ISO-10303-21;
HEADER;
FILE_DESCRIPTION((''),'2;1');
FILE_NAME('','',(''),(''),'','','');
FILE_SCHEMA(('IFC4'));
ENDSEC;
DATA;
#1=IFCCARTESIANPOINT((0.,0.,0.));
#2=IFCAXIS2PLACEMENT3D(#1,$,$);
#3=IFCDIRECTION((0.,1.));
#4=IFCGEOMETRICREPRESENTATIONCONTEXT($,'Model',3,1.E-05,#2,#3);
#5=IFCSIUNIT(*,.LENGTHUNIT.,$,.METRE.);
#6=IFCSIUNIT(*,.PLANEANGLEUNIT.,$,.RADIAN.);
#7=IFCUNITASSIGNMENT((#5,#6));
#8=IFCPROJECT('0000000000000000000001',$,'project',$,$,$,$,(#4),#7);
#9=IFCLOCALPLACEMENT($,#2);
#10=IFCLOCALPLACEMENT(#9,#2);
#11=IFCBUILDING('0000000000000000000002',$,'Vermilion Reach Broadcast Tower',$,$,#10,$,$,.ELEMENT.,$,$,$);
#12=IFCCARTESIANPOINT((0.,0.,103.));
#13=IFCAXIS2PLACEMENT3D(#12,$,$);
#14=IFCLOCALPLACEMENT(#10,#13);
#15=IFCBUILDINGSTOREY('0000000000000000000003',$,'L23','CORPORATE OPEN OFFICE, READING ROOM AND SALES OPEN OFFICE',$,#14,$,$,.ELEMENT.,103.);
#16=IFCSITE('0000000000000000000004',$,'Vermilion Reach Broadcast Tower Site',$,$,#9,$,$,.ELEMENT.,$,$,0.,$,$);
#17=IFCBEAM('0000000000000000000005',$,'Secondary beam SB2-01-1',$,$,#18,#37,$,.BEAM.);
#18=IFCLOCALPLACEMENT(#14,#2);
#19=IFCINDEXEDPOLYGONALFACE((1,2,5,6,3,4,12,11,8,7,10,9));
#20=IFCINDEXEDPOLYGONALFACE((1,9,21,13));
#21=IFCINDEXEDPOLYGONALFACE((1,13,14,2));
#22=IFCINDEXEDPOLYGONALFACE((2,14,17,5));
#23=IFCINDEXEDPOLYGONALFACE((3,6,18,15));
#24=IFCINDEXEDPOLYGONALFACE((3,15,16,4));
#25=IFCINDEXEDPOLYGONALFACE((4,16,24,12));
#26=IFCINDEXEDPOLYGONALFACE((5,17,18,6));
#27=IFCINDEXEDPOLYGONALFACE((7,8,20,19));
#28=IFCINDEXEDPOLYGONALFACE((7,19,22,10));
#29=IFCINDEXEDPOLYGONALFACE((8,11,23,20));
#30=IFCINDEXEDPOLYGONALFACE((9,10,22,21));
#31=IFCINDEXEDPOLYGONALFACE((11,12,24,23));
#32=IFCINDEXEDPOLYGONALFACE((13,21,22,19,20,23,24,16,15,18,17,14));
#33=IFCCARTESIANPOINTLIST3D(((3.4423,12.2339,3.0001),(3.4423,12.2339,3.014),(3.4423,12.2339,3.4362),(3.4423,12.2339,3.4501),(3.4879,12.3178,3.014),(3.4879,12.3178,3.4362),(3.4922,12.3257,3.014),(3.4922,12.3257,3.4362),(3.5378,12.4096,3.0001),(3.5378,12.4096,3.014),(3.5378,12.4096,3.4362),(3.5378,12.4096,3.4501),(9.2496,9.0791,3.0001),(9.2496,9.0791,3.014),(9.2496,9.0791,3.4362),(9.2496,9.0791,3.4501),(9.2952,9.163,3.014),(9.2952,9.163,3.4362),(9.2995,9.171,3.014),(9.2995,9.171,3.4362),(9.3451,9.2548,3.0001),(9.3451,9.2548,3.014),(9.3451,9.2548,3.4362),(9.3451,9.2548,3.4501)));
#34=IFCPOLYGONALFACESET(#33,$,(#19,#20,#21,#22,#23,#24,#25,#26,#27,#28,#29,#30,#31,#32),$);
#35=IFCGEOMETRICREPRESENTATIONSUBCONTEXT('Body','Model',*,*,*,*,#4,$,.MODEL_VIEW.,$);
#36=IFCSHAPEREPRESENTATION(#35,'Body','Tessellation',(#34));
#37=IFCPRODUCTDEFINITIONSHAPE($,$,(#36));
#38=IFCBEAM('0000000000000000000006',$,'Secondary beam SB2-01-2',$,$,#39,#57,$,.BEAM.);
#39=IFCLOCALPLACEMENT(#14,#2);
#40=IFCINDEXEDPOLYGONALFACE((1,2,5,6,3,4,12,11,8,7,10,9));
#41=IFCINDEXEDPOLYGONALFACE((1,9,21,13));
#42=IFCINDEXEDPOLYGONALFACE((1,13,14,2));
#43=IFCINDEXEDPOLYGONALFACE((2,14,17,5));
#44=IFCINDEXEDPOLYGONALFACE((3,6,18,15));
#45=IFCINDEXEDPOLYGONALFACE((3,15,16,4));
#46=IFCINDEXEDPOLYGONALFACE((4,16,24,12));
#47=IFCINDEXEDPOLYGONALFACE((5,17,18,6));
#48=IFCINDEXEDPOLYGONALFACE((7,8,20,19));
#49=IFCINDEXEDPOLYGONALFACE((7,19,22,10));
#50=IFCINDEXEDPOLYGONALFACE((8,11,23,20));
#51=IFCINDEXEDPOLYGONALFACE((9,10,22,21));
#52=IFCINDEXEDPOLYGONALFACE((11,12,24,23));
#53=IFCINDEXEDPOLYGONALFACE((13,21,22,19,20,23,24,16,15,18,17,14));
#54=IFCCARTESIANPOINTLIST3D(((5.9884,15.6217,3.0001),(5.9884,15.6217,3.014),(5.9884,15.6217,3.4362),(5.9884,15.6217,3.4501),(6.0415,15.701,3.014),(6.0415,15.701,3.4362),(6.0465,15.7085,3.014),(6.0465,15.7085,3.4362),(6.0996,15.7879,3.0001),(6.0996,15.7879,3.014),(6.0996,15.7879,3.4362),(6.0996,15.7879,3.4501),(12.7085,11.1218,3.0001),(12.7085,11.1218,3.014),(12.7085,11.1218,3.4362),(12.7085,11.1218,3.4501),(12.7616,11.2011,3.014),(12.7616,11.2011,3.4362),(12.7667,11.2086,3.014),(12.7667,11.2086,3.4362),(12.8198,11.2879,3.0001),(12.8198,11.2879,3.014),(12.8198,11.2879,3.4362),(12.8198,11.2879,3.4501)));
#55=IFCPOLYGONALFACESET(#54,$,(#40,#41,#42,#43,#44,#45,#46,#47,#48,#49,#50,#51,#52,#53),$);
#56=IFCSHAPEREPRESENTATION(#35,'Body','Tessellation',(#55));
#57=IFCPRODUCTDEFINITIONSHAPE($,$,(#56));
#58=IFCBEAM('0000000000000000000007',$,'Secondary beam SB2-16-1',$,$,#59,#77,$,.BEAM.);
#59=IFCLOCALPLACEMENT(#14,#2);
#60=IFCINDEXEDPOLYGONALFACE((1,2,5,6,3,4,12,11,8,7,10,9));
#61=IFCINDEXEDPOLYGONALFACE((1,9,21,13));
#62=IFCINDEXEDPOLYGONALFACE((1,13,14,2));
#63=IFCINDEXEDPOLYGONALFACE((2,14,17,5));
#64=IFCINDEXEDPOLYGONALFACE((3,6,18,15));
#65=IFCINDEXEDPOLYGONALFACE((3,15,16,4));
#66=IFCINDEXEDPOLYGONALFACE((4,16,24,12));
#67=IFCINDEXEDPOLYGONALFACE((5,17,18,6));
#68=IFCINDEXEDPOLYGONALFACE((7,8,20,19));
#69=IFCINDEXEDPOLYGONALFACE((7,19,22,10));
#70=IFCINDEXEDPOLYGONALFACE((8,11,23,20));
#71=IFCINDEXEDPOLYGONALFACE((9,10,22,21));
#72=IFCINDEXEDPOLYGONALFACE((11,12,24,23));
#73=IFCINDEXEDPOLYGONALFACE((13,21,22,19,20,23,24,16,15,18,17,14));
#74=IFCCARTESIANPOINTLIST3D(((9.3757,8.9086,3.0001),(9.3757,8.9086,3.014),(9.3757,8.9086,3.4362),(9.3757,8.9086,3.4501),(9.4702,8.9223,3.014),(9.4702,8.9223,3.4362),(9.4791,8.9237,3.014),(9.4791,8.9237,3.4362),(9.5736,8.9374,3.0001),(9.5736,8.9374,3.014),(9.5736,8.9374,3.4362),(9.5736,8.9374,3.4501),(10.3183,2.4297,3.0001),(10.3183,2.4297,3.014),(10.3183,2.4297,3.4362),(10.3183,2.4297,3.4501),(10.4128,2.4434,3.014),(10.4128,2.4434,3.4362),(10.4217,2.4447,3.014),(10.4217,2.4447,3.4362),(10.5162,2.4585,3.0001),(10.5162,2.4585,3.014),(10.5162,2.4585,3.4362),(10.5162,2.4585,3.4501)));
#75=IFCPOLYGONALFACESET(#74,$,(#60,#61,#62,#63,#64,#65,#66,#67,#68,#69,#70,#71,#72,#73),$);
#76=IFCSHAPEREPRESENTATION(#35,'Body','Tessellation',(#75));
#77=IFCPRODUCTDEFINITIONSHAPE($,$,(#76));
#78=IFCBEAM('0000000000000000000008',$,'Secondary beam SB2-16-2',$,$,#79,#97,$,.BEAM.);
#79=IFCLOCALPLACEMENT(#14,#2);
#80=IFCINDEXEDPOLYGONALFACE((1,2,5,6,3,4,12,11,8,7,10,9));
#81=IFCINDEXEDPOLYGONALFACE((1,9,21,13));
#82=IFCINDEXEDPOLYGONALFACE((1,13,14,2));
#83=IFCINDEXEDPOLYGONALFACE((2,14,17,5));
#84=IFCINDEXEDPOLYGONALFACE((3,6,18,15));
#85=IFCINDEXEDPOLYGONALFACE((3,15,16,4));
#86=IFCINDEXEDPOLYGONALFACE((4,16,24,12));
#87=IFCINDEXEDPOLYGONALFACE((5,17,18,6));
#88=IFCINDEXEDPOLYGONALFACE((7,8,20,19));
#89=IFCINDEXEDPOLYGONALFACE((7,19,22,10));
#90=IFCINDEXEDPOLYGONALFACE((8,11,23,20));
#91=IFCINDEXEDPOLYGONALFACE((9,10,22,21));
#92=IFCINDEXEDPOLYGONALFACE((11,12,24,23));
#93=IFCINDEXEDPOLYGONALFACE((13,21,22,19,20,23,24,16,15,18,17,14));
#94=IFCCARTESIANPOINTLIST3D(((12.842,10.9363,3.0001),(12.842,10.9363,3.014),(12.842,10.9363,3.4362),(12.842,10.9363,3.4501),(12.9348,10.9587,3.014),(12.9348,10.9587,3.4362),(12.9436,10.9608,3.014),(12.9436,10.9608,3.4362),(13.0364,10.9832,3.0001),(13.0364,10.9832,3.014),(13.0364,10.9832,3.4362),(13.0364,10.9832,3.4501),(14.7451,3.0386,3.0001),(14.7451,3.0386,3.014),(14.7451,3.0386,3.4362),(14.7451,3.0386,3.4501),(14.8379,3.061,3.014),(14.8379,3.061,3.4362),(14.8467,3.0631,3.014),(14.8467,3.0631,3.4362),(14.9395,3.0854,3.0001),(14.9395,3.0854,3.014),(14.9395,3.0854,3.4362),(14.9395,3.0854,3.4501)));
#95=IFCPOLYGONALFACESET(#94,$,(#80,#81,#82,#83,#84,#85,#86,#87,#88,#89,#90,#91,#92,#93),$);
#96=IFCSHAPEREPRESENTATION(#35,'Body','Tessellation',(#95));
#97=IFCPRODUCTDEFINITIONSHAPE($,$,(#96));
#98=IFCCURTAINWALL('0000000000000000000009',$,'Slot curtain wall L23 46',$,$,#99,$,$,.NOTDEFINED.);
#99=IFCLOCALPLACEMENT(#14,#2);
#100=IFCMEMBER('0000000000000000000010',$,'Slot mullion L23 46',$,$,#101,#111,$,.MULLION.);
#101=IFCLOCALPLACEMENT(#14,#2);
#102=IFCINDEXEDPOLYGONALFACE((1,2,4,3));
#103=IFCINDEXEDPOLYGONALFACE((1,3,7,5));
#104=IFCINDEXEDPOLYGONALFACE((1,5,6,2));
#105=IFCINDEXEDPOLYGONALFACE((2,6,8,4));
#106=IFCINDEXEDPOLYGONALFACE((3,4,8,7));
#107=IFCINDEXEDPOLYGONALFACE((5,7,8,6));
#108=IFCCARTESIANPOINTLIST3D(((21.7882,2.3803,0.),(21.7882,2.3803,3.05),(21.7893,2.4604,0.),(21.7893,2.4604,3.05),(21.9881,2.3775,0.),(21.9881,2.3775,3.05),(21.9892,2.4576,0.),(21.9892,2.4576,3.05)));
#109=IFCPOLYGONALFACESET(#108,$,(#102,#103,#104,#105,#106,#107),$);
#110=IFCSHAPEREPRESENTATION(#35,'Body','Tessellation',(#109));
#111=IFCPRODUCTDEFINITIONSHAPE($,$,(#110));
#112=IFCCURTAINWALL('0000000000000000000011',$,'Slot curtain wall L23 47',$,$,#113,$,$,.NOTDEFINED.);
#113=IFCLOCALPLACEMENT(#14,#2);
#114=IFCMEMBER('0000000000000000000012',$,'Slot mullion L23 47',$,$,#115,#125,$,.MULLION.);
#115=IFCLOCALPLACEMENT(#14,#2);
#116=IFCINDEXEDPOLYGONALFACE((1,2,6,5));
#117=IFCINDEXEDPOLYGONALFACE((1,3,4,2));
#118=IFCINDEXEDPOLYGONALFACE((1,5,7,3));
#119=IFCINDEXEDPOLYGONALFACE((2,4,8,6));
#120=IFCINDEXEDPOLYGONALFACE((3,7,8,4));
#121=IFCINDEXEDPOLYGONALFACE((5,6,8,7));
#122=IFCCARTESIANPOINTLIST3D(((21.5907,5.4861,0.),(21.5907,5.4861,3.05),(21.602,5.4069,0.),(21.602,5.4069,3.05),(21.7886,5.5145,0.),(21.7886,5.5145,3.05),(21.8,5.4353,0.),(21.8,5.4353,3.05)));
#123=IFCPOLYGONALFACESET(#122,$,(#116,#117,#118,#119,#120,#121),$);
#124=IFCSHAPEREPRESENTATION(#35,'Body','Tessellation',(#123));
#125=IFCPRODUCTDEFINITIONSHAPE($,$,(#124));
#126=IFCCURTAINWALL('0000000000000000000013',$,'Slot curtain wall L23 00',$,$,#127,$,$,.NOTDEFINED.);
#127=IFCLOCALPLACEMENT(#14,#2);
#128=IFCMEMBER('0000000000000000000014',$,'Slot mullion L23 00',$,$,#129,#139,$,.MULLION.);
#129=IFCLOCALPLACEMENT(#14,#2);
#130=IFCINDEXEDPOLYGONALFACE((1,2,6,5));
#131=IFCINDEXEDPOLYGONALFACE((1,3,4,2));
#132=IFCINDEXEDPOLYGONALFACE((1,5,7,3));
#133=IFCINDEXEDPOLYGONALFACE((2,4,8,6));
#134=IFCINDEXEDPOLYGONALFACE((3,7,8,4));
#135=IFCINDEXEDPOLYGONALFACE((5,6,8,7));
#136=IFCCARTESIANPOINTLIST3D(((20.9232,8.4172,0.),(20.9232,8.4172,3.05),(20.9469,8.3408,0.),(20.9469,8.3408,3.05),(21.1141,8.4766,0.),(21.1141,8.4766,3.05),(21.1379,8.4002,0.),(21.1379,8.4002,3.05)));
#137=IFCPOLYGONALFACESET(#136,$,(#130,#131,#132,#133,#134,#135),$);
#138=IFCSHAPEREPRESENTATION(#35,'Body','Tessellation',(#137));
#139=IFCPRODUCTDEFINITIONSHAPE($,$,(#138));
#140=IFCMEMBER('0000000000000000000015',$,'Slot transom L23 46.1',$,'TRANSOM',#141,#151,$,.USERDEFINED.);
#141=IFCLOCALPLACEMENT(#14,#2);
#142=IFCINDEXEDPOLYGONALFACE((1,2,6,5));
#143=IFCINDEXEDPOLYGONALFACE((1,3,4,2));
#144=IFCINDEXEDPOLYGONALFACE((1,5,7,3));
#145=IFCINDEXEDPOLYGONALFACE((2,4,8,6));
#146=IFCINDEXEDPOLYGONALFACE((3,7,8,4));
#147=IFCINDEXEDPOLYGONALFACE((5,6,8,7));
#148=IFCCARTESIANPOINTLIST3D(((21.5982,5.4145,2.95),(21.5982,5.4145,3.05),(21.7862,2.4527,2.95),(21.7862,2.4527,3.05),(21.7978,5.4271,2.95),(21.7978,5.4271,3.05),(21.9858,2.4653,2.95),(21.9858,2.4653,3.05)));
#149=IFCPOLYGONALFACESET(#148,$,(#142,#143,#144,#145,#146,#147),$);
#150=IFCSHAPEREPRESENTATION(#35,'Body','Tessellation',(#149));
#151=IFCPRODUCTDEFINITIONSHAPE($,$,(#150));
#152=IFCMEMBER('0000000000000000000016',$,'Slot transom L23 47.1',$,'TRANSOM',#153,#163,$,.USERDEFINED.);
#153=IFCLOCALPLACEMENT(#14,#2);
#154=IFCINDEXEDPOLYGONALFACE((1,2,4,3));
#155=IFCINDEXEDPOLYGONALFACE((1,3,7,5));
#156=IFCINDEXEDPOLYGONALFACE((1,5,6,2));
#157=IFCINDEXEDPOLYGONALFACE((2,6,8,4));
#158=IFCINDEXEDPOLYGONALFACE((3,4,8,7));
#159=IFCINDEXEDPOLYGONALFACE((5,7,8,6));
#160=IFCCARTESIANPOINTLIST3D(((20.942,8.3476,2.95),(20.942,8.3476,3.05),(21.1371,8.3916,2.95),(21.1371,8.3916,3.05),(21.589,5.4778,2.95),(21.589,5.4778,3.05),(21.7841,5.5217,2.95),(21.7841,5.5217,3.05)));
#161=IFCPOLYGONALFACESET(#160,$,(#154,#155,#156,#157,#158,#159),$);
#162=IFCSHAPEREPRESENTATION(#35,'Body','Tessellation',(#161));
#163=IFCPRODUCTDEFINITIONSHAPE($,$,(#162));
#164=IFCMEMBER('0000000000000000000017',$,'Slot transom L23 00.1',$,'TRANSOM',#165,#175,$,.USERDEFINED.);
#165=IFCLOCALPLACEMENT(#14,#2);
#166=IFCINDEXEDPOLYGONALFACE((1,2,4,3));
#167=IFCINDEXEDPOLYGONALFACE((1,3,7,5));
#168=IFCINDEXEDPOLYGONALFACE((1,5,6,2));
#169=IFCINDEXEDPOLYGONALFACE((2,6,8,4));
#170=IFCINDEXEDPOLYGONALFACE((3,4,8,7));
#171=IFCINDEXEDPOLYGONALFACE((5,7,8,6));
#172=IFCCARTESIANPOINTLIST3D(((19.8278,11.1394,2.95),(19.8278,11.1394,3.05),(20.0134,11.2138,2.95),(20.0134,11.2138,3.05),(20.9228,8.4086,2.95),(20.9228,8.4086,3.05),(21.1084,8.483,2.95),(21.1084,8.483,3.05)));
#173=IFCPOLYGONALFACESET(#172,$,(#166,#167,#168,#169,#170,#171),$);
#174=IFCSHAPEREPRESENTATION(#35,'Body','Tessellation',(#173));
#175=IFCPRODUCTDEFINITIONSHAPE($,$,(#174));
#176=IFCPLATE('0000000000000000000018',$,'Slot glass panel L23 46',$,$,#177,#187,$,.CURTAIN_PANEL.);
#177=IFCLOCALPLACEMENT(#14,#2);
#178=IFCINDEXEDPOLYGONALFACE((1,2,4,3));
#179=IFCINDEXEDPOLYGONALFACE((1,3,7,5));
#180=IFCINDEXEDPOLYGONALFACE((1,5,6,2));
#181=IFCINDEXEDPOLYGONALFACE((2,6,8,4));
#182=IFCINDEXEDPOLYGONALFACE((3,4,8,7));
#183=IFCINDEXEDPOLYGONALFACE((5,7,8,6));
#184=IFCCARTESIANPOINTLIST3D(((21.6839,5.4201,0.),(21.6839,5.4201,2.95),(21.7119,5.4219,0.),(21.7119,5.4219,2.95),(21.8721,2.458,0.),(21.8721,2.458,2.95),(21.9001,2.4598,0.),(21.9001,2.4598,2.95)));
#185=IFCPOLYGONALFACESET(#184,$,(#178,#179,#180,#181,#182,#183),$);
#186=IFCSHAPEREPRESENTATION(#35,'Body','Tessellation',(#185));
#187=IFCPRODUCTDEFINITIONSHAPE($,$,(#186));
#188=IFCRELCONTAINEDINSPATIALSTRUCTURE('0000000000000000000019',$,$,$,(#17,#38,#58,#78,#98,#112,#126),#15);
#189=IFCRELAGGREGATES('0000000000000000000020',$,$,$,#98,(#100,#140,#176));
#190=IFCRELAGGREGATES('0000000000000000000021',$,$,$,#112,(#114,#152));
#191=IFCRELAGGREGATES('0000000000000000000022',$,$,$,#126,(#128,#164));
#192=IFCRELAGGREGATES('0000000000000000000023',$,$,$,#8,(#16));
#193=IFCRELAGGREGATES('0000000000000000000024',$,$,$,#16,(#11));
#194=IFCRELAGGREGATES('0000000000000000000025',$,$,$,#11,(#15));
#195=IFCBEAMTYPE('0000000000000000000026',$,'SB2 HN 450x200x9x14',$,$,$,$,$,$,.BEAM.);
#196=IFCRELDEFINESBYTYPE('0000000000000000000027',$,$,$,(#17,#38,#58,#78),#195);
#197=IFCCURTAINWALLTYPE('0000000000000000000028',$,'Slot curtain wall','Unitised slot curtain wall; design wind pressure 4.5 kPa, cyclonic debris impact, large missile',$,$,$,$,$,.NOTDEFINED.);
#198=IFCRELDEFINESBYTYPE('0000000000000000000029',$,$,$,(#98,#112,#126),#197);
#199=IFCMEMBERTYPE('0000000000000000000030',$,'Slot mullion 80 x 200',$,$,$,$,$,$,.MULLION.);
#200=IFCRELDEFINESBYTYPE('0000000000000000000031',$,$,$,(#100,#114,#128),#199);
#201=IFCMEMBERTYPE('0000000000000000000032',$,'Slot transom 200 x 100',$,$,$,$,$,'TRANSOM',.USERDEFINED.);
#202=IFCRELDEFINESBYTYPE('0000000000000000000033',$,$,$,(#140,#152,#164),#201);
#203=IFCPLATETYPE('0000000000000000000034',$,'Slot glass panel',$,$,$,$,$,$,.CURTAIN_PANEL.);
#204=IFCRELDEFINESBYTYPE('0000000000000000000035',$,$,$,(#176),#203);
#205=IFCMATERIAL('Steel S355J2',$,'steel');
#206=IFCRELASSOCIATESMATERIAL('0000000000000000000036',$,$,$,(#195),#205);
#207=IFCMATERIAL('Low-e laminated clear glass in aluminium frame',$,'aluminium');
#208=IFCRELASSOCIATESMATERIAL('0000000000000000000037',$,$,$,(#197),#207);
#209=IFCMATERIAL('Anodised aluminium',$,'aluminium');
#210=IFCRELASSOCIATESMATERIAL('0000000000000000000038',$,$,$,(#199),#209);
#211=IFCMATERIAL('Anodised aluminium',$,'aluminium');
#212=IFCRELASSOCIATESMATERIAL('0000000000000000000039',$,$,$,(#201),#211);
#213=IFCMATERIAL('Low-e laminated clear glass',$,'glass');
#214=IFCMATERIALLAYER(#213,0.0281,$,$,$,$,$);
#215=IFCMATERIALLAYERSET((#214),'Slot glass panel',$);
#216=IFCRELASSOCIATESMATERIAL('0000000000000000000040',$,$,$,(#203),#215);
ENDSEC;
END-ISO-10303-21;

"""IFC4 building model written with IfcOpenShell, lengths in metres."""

from ifc_helpers import new_model, si_unit, direction, frame, origin, origin_2d, place, context, subcontext, project, spatial, rectangle, i_section, extrude, material, layer, layer_set, material_profile, profile_set, type_object, element, aggregate, save


model = new_model("IFC4")

# Units and contexts
model_context = context("Model", 3, precision=1e-05, world=origin(), true_north=direction((0.0, 1.0)))
body_context = subcontext(model_context, "Body", "Model", "MODEL_VIEW")
ifc_project = project(units=[si_unit("LENGTHUNIT", "METRE"), si_unit("PLANEANGLEUNIT", "RADIAN")], contexts=[model_context])

# Site, building, storey
site_placement = place(None, origin())
site = spatial("IfcSite", under=ifc_project, at=site_placement, Name="Vermilion Reach Broadcast Tower Site", CompositionType="ELEMENT", RefElevation=0.0)
building_placement = place(site_placement, origin())
building = spatial("IfcBuilding", under=site, at=building_placement, Name="Vermilion Reach Broadcast Tower", CompositionType="ELEMENT")
storey_placement = place(building_placement, frame((0.0, 0.0, 103.0)))
storey = spatial("IfcBuildingStorey", under=building, at=storey_placement, Name="L23", Description="CORPORATE OPEN OFFICE, READING ROOM AND SALES OPEN OFFICE", CompositionType="ELEMENT", Elevation=103.0)

# Beams
ifc_material_1 = material(Name="Steel S355J2", Category="steel")
ifc_material_profile_1 = material_profile(ifc_material_1, i_section(OverallWidth=0.2, OverallDepth=0.45, WebThickness=0.009, FlangeThickness=0.0139, at=origin_2d()), Name="S355J2 HN 450x200x9x14")
ifc_profile_set_1 = profile_set([ifc_material_profile_1], Name="Steel S355J2")
beam_type_1 = type_object("IfcBeamType", Name="SB2 HN 450x200x9x14", PredefinedType="BEAM", material=ifc_profile_set_1)
beam_1_placement = place(storey_placement, frame((9.2974, 9.167, 3.2251), z_axis=(-0.878713, 0.47735, 0.0), x_axis=(-0.47735, -0.878713, 0.0)))
element("IfcBeam", 1, at=beam_1_placement, inside=storey, type_object=beam_type_1, Name="Secondary beam SB2-01-1", PredefinedType="BEAM", context=body_context, shape_type="SweptSolid", body=[
    extrude(i_section(OverallWidth=0.2, OverallDepth=0.45, WebThickness=0.009, FlangeThickness=0.0139, at=origin_2d()), origin(), (0.0, 0.0, 1.0), 6.6089),
])
beam_2_placement = place(storey_placement, frame((12.7642, 11.2048, 3.2251), z_axis=(-0.830915, 0.556399, 0.0), x_axis=(-0.556399, -0.830915, 0.0)))
element("IfcBeam", 2, at=beam_2_placement, inside=storey, type_object=beam_type_1, Name="Secondary beam SB2-01-2", PredefinedType="BEAM", context=body_context, shape_type="SweptSolid", body=[
    extrude(i_section(OverallWidth=0.2, OverallDepth=0.45, WebThickness=0.009, FlangeThickness=0.0139, at=origin_2d()), origin(), (0.0, 0.0, 1.0), 8.0876),
])
beam_3_placement = place(storey_placement, frame((10.4172, 2.4441, 3.2251), z_axis=(-0.143974, 0.989582, 0.0), x_axis=(-0.989582, -0.143974, 0.0)))
element("IfcBeam", 3, at=beam_3_placement, inside=storey, type_object=beam_type_1, Name="Secondary beam SB2-16-1", PredefinedType="BEAM", context=body_context, shape_type="SweptSolid", body=[
    extrude(i_section(OverallWidth=0.2, OverallDepth=0.45, WebThickness=0.009, FlangeThickness=0.0139, at=origin_2d()), origin(), (0.0, 0.0, 1.0), 6.5471),
])
beam_4_placement = place(storey_placement, frame((14.8423, 3.062, 3.2251), z_axis=(-0.234261, 0.972174, 0.0), x_axis=(-0.972174, -0.234261, 0.0)))
element("IfcBeam", 4, at=beam_4_placement, inside=storey, type_object=beam_type_1, Name="Secondary beam SB2-16-2", PredefinedType="BEAM", context=body_context, shape_type="SweptSolid", body=[
    extrude(i_section(OverallWidth=0.2, OverallDepth=0.45, WebThickness=0.009, FlangeThickness=0.0139, at=origin_2d()), origin(), (0.0, 0.0, 1.0), 8.1238),
])

# Curtain walls, members
ifc_material_2 = material(Name="Low-e laminated clear glass in aluminium frame", Category="aluminium")
curtain_wall_type = type_object("IfcCurtainWallType", Name="Slot curtain wall", Description="Unitised slot curtain wall; design wind pressure 4.5 kPa, cyclonic debris impact, large missile", PredefinedType="NOTDEFINED", material=ifc_material_2)
placement = place(storey_placement, origin())
curtain_wall_1 = element("IfcCurtainWall", 5, at=placement, inside=storey, type_object=curtain_wall_type, Name="Slot curtain wall L23 46", PredefinedType="NOTDEFINED")
ifc_material_3 = material(Name="Anodised aluminium", Category="aluminium")
ifc_material_profile_2 = material_profile(ifc_material_3, rectangle(XDim=0.2, YDim=0.0801, at=origin_2d()), Name="Slot mullion 80 x 200")
ifc_profile_set_2 = profile_set([ifc_material_profile_2], Name="Anodised aluminium")
member_type_1 = type_object("IfcMemberType", Name="Slot mullion 80 x 200", PredefinedType="MULLION", material=ifc_profile_set_2)
member_1_placement = place(storey_placement, frame((21.8887, 2.4189, 0.0), z_axis=(0.0, 0.0, 1.0), x_axis=(-0.999904, 0.013847, 0.0)))
member_1 = element("IfcMember", 6, at=member_1_placement, type_object=member_type_1, Name="Slot mullion L23 46", PredefinedType="MULLION", context=body_context, shape_type="SweptSolid", body=[
    extrude(rectangle(XDim=0.2, YDim=0.0801, at=origin_2d()), origin(), (0.0, 0.0, 1.0), 3.05),
])
curtain_wall_2 = element("IfcCurtainWall", 7, at=placement, inside=storey, type_object=curtain_wall_type, Name="Slot curtain wall L23 47", PredefinedType="NOTDEFINED")
member_2_placement = place(storey_placement, frame((21.6953, 5.4607, 0.0), z_axis=(0.0, 0.0, 1.0), x_axis=(-0.989848, -0.14213, 0.0)))
member_2 = element("IfcMember", 8, at=member_2_placement, type_object=member_type_1, Name="Slot mullion L23 47", PredefinedType="MULLION", context=body_context, shape_type="SweptSolid", body=[
    extrude(rectangle(XDim=0.2, YDim=0.0801, at=origin_2d()), origin(), (0.0, 0.0, 1.0), 3.05),
])
curtain_wall_3 = element("IfcCurtainWall", 9, at=placement, inside=storey, type_object=curtain_wall_type, Name="Slot curtain wall L23 00", PredefinedType="NOTDEFINED")
member_3_placement = place(storey_placement, frame((21.0305, 8.4087, 0.0), z_axis=(0.0, 0.0, 1.0), x_axis=(-0.954865, -0.297042, 0.0)))
member_3 = element("IfcMember", 10, at=member_3_placement, type_object=member_type_1, Name="Slot mullion L23 00", PredefinedType="MULLION", context=body_context, shape_type="SweptSolid", body=[
    extrude(rectangle(XDim=0.2, YDim=0.0801, at=origin_2d()), origin(), (0.0, 0.0, 1.0), 3.05),
])

# Members
ifc_material_4 = material(Name="Anodised aluminium", Category="aluminium")
ifc_material_profile_3 = material_profile(ifc_material_4, rectangle(XDim=0.2, YDim=0.1001, at=origin_2d()), Name="Slot transom 200 x 100")
ifc_profile_set_3 = profile_set([ifc_material_profile_3], Name="Anodised aluminium")
member_type_2 = type_object("IfcMemberType", Name="Slot transom 200 x 100", ElementType="TRANSOM", PredefinedType="USERDEFINED", material=ifc_profile_set_3)
member_4_placement = place(storey_placement, frame((21.886, 2.459, 3.0), z_axis=(-0.063341, 0.997992, 0.0), x_axis=(-0.997992, -0.063341, 0.0)))
member_4 = element("IfcMember", 11, at=member_4_placement, type_object=member_type_2, Name="Slot transom L23 46.1", ObjectType="TRANSOM", PredefinedType="USERDEFINED", context=body_context, shape_type="SweptSolid", body=[
    extrude(rectangle(XDim=0.2, YDim=0.1001, at=origin_2d()), origin(), (0.0, 0.0, 1.0), 2.9678),
])
member_5_placement = place(storey_placement, frame((21.6865, 5.4998, 3.0), z_axis=(-0.219917, 0.975519, 0.0), x_axis=(-0.975519, -0.219917, 0.0)))
member_5 = element("IfcMember", 12, at=member_5_placement, type_object=member_type_2, Name="Slot transom L23 47.1", ObjectType="TRANSOM", PredefinedType="USERDEFINED", context=body_context, shape_type="SweptSolid", body=[
    extrude(rectangle(XDim=0.2, YDim=0.1001, at=origin_2d()), origin(), (0.0, 0.0, 1.0), 2.9419),
])
member_6_placement = place(storey_placement, frame((21.0156, 8.4458, 3.0), z_axis=(-0.372177, 0.928162, 0.0), x_axis=(-0.928162, -0.372177, 0.0)))
member_6 = element("IfcMember", 13, at=member_6_placement, type_object=member_type_2, Name="Slot transom L23 00.1", ObjectType="TRANSOM", PredefinedType="USERDEFINED", context=body_context, shape_type="SweptSolid", body=[
    extrude(rectangle(XDim=0.2, YDim=0.1001, at=origin_2d()), origin(), (0.0, 0.0, 1.0), 2.9421),
])

# Plate
ifc_material_5 = material(Name="Low-e laminated clear glass", Category="glass")
ifc_layer_1 = layer(ifc_material_5, 0.0281)
ifc_layer_set_1 = layer_set([ifc_layer_1], Name="Slot glass panel")
plate_type = type_object("IfcPlateType", Name="Slot glass panel", PredefinedType="CURTAIN_PANEL", material=ifc_layer_set_1)
plate_1_placement = place(storey_placement, frame((21.792, 3.9399, 0.0), z_axis=(0.0, 0.0, 1.0), x_axis=(-0.063409, 0.997988, 0.0)))
plate_1 = element("IfcPlate", 14, at=plate_1_placement, type_object=plate_type, Name="Slot glass panel L23 46", PredefinedType="CURTAIN_PANEL", context=body_context, shape_type="SweptSolid", body=[
    extrude(rectangle(XDim=2.968, YDim=0.0281, at=origin_2d()), origin(), (0.0, 0.0, 1.0), 2.95),
])
aggregate(curtain_wall_1, [member_1, member_4, plate_1])
aggregate(curtain_wall_2, [member_2, member_5])
aggregate(curtain_wall_3, [member_3, member_6])

save(model, "model.ifc")
